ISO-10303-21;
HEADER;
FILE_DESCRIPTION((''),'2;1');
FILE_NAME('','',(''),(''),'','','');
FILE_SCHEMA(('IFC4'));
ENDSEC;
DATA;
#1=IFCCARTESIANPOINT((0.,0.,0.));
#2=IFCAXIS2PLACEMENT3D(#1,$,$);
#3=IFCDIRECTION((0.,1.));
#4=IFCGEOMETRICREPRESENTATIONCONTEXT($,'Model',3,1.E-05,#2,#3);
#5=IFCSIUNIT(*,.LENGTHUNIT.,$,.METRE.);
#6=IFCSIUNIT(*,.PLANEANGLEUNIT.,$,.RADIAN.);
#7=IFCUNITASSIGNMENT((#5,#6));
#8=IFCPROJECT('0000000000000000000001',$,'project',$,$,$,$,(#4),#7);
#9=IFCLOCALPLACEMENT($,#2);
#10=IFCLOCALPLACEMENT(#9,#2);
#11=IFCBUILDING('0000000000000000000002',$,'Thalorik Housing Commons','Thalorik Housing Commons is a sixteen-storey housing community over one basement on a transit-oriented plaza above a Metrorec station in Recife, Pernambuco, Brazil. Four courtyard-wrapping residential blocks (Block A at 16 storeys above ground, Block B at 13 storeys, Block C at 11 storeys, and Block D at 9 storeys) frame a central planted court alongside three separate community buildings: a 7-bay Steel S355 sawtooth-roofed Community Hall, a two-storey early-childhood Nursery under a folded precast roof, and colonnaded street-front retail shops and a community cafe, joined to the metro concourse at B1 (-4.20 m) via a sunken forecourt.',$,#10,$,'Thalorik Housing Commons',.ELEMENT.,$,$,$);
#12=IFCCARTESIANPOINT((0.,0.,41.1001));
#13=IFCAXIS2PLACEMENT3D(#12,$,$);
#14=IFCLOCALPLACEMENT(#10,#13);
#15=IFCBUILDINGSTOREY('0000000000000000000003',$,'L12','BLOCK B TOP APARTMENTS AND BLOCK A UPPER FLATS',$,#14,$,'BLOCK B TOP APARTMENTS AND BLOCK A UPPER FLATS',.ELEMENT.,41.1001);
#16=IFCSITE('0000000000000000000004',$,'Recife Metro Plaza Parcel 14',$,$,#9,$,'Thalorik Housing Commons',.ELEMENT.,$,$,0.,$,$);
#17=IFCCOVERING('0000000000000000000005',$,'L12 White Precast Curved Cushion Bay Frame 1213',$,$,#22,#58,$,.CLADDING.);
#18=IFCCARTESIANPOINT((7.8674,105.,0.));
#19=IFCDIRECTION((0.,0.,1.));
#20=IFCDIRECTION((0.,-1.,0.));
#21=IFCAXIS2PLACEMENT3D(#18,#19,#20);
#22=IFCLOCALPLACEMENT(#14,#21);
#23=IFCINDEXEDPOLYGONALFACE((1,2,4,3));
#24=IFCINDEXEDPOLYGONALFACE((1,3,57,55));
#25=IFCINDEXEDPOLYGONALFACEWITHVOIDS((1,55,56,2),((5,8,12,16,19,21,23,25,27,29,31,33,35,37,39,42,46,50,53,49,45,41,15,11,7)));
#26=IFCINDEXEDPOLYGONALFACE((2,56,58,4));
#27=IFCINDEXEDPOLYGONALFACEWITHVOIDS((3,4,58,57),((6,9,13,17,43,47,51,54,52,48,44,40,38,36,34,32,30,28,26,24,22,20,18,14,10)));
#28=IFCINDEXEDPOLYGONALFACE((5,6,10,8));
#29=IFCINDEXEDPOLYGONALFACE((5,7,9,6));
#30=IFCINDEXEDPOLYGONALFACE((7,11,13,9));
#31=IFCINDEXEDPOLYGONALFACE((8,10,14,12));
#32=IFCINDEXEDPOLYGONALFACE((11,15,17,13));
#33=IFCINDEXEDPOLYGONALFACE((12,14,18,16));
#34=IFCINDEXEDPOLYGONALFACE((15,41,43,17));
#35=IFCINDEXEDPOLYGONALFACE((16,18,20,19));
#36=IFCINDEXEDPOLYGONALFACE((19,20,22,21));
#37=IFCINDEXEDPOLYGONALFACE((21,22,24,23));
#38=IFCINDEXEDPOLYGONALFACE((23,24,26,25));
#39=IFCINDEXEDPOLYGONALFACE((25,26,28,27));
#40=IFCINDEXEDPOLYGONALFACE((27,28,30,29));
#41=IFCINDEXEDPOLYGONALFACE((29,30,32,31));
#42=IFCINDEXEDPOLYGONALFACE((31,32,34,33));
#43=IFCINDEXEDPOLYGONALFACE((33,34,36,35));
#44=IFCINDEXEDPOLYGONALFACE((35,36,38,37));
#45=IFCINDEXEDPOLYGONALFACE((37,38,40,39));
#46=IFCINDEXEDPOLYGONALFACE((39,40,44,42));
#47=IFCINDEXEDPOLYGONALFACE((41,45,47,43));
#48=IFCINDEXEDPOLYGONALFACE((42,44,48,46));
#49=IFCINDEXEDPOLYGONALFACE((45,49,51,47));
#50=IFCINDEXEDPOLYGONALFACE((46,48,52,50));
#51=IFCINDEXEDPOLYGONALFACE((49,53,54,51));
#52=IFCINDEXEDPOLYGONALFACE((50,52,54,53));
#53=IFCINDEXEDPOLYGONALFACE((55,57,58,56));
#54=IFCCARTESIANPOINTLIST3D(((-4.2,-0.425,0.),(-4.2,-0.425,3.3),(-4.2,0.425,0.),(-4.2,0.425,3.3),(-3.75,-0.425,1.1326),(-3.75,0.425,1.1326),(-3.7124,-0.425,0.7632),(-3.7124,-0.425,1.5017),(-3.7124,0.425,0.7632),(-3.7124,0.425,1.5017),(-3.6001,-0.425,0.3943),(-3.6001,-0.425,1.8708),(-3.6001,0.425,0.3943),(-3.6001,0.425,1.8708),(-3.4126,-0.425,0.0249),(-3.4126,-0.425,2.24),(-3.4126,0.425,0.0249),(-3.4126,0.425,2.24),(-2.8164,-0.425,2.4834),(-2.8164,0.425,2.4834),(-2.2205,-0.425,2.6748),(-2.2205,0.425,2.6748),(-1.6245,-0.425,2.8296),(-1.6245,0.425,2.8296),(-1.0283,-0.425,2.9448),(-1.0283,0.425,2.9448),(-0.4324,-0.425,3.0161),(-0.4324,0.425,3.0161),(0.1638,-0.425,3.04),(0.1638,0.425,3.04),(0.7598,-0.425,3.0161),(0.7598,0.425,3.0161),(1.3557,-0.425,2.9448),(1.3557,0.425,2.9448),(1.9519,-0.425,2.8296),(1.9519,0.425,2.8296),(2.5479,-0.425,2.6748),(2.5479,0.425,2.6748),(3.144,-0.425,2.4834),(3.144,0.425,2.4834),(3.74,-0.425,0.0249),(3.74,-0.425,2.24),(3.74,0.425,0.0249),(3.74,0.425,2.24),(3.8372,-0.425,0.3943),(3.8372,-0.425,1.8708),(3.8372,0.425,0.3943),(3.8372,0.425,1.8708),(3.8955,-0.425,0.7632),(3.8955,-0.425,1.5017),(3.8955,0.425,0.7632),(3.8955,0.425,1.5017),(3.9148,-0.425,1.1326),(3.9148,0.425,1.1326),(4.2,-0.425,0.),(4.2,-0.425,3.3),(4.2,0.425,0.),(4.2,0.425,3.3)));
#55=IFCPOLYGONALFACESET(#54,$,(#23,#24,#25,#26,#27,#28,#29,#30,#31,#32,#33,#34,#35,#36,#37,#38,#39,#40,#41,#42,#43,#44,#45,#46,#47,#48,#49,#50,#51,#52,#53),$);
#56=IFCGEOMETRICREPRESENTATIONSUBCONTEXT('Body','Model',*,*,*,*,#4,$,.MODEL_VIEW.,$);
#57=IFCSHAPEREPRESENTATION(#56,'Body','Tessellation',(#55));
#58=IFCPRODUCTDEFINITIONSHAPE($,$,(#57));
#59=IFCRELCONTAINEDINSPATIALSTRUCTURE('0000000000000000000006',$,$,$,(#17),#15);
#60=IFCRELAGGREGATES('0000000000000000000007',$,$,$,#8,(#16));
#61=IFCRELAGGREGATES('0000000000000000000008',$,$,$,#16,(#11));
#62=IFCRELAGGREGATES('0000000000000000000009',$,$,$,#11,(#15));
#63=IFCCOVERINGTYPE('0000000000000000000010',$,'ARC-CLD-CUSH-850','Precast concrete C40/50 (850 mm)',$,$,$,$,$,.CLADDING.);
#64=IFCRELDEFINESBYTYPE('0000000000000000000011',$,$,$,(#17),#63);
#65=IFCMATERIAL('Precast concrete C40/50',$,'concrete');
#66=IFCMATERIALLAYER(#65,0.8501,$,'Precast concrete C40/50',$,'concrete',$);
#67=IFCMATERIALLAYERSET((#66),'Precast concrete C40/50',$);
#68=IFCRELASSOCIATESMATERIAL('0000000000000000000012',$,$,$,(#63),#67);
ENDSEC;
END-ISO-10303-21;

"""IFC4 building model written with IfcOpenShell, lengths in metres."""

from ifc_helpers import new_model, si_unit, direction, frame, origin, place, context, subcontext, project, spatial, polyline, outline, extrude, material, layer, layer_set, type_object, element, save


model = new_model("IFC4")

# Units and contexts
model_context = context("Model", 3, precision=1e-05, world=origin(), true_north=direction((0.0, 1.0)))
body_context = subcontext(model_context, "Body", "Model", "MODEL_VIEW")
ifc_project = project(units=[si_unit("LENGTHUNIT", "METRE"), si_unit("PLANEANGLEUNIT", "RADIAN")], contexts=[model_context])

# Site, building, storey
site_placement = place(None, origin())
site = spatial("IfcSite", under=ifc_project, at=site_placement, Name="Recife Metro Plaza Parcel 14", LongName="Thalorik Housing Commons", CompositionType="ELEMENT", RefElevation=0.0)
building_placement = place(site_placement, origin())
building = spatial("IfcBuilding", under=site, at=building_placement, Name="Thalorik Housing Commons", Description="Thalorik Housing Commons is a sixteen-storey housing community over one basement on a transit-oriented plaza above a Metrorec station in Recife, Pernambuco, Brazil. Four courtyard-wrapping residential blocks (Block A at 16 storeys above ground, Block B at 13 storeys, Block C at 11 storeys, and Block D at 9 storeys) frame a central planted court alongside three separate community buildings: a 7-bay Steel S355 sawtooth-roofed Community Hall, a two-storey early-childhood Nursery under a folded precast roof, and colonnaded street-front retail shops and a community cafe, joined to the metro concourse at B1 (-4.20 m) via a sunken forecourt.", LongName="Thalorik Housing Commons", CompositionType="ELEMENT")
storey_placement = place(building_placement, frame((0.0, 0.0, 41.1001)))
storey = spatial("IfcBuildingStorey", under=building, at=storey_placement, Name="L12", Description="BLOCK B TOP APARTMENTS AND BLOCK A UPPER FLATS", LongName="BLOCK B TOP APARTMENTS AND BLOCK A UPPER FLATS", CompositionType="ELEMENT", Elevation=41.1001)

# Shared definitions
ifc_material_1 = material(Name="Precast concrete C40/50", Category="concrete")

# Covering
ifc_layer_1 = layer(ifc_material_1, 0.8501, Name="Precast concrete C40/50", Category="concrete")
ifc_layer_set_1 = layer_set([ifc_layer_1], Name="Precast concrete C40/50")
covering_type_1 = type_object("IfcCoveringType", Name="ARC-CLD-CUSH-850", Description="Precast concrete C40/50 (850 mm)", PredefinedType="CLADDING", material=ifc_layer_set_1)
covering_1_placement = place(storey_placement, frame((7.8674, 105.0, 0.0), z_axis=(0.0, 0.0, 1.0), x_axis=(0.0, -1.0, 0.0)))
element("IfcCovering", 1, at=covering_1_placement, inside=storey, type_object=covering_type_1, Name="L12 White Precast Curved Cushion Bay Frame 1213", PredefinedType="CLADDING", context=body_context, shape_type="SweptSolid", body=[
    extrude(outline(polyline([(-4.2, 0.0), (4.2, 0.0), (4.2, 3.3), (-4.2, 3.3), (-4.2, 0.0)]), holes=[polyline([(3.74, 0.0249), (3.8372, 0.3943), (3.8955, 0.7632), (3.9148, 1.1326), (3.8955, 1.5017), (3.8372, 1.8708), (3.74, 2.24), (3.144, 2.4834), (2.5479, 2.6748), (1.9519, 2.8296), (1.3557, 2.9448), (0.7598, 3.0161), (0.1638, 3.04), (-0.4324, 3.0161), (-1.0283, 2.9448), (-1.6245, 2.8296), (-2.2205, 2.6748), (-2.8164, 2.4834), (-3.4126, 2.24), (-3.6001, 1.8708), (-3.7124, 1.5017), (-3.75, 1.1326), (-3.7124, 0.7632), (-3.6001, 0.3943), (-3.4126, 0.0249), (3.74, 0.0249)])]), frame((0.0, 0.425, 0.0), z_axis=(0.0, -1.0, 0.0), x_axis=(1.0, 0.0, 0.0)), (0.0, 0.0, 1.0), 0.8501),
])

save(model, "model.ifc")
